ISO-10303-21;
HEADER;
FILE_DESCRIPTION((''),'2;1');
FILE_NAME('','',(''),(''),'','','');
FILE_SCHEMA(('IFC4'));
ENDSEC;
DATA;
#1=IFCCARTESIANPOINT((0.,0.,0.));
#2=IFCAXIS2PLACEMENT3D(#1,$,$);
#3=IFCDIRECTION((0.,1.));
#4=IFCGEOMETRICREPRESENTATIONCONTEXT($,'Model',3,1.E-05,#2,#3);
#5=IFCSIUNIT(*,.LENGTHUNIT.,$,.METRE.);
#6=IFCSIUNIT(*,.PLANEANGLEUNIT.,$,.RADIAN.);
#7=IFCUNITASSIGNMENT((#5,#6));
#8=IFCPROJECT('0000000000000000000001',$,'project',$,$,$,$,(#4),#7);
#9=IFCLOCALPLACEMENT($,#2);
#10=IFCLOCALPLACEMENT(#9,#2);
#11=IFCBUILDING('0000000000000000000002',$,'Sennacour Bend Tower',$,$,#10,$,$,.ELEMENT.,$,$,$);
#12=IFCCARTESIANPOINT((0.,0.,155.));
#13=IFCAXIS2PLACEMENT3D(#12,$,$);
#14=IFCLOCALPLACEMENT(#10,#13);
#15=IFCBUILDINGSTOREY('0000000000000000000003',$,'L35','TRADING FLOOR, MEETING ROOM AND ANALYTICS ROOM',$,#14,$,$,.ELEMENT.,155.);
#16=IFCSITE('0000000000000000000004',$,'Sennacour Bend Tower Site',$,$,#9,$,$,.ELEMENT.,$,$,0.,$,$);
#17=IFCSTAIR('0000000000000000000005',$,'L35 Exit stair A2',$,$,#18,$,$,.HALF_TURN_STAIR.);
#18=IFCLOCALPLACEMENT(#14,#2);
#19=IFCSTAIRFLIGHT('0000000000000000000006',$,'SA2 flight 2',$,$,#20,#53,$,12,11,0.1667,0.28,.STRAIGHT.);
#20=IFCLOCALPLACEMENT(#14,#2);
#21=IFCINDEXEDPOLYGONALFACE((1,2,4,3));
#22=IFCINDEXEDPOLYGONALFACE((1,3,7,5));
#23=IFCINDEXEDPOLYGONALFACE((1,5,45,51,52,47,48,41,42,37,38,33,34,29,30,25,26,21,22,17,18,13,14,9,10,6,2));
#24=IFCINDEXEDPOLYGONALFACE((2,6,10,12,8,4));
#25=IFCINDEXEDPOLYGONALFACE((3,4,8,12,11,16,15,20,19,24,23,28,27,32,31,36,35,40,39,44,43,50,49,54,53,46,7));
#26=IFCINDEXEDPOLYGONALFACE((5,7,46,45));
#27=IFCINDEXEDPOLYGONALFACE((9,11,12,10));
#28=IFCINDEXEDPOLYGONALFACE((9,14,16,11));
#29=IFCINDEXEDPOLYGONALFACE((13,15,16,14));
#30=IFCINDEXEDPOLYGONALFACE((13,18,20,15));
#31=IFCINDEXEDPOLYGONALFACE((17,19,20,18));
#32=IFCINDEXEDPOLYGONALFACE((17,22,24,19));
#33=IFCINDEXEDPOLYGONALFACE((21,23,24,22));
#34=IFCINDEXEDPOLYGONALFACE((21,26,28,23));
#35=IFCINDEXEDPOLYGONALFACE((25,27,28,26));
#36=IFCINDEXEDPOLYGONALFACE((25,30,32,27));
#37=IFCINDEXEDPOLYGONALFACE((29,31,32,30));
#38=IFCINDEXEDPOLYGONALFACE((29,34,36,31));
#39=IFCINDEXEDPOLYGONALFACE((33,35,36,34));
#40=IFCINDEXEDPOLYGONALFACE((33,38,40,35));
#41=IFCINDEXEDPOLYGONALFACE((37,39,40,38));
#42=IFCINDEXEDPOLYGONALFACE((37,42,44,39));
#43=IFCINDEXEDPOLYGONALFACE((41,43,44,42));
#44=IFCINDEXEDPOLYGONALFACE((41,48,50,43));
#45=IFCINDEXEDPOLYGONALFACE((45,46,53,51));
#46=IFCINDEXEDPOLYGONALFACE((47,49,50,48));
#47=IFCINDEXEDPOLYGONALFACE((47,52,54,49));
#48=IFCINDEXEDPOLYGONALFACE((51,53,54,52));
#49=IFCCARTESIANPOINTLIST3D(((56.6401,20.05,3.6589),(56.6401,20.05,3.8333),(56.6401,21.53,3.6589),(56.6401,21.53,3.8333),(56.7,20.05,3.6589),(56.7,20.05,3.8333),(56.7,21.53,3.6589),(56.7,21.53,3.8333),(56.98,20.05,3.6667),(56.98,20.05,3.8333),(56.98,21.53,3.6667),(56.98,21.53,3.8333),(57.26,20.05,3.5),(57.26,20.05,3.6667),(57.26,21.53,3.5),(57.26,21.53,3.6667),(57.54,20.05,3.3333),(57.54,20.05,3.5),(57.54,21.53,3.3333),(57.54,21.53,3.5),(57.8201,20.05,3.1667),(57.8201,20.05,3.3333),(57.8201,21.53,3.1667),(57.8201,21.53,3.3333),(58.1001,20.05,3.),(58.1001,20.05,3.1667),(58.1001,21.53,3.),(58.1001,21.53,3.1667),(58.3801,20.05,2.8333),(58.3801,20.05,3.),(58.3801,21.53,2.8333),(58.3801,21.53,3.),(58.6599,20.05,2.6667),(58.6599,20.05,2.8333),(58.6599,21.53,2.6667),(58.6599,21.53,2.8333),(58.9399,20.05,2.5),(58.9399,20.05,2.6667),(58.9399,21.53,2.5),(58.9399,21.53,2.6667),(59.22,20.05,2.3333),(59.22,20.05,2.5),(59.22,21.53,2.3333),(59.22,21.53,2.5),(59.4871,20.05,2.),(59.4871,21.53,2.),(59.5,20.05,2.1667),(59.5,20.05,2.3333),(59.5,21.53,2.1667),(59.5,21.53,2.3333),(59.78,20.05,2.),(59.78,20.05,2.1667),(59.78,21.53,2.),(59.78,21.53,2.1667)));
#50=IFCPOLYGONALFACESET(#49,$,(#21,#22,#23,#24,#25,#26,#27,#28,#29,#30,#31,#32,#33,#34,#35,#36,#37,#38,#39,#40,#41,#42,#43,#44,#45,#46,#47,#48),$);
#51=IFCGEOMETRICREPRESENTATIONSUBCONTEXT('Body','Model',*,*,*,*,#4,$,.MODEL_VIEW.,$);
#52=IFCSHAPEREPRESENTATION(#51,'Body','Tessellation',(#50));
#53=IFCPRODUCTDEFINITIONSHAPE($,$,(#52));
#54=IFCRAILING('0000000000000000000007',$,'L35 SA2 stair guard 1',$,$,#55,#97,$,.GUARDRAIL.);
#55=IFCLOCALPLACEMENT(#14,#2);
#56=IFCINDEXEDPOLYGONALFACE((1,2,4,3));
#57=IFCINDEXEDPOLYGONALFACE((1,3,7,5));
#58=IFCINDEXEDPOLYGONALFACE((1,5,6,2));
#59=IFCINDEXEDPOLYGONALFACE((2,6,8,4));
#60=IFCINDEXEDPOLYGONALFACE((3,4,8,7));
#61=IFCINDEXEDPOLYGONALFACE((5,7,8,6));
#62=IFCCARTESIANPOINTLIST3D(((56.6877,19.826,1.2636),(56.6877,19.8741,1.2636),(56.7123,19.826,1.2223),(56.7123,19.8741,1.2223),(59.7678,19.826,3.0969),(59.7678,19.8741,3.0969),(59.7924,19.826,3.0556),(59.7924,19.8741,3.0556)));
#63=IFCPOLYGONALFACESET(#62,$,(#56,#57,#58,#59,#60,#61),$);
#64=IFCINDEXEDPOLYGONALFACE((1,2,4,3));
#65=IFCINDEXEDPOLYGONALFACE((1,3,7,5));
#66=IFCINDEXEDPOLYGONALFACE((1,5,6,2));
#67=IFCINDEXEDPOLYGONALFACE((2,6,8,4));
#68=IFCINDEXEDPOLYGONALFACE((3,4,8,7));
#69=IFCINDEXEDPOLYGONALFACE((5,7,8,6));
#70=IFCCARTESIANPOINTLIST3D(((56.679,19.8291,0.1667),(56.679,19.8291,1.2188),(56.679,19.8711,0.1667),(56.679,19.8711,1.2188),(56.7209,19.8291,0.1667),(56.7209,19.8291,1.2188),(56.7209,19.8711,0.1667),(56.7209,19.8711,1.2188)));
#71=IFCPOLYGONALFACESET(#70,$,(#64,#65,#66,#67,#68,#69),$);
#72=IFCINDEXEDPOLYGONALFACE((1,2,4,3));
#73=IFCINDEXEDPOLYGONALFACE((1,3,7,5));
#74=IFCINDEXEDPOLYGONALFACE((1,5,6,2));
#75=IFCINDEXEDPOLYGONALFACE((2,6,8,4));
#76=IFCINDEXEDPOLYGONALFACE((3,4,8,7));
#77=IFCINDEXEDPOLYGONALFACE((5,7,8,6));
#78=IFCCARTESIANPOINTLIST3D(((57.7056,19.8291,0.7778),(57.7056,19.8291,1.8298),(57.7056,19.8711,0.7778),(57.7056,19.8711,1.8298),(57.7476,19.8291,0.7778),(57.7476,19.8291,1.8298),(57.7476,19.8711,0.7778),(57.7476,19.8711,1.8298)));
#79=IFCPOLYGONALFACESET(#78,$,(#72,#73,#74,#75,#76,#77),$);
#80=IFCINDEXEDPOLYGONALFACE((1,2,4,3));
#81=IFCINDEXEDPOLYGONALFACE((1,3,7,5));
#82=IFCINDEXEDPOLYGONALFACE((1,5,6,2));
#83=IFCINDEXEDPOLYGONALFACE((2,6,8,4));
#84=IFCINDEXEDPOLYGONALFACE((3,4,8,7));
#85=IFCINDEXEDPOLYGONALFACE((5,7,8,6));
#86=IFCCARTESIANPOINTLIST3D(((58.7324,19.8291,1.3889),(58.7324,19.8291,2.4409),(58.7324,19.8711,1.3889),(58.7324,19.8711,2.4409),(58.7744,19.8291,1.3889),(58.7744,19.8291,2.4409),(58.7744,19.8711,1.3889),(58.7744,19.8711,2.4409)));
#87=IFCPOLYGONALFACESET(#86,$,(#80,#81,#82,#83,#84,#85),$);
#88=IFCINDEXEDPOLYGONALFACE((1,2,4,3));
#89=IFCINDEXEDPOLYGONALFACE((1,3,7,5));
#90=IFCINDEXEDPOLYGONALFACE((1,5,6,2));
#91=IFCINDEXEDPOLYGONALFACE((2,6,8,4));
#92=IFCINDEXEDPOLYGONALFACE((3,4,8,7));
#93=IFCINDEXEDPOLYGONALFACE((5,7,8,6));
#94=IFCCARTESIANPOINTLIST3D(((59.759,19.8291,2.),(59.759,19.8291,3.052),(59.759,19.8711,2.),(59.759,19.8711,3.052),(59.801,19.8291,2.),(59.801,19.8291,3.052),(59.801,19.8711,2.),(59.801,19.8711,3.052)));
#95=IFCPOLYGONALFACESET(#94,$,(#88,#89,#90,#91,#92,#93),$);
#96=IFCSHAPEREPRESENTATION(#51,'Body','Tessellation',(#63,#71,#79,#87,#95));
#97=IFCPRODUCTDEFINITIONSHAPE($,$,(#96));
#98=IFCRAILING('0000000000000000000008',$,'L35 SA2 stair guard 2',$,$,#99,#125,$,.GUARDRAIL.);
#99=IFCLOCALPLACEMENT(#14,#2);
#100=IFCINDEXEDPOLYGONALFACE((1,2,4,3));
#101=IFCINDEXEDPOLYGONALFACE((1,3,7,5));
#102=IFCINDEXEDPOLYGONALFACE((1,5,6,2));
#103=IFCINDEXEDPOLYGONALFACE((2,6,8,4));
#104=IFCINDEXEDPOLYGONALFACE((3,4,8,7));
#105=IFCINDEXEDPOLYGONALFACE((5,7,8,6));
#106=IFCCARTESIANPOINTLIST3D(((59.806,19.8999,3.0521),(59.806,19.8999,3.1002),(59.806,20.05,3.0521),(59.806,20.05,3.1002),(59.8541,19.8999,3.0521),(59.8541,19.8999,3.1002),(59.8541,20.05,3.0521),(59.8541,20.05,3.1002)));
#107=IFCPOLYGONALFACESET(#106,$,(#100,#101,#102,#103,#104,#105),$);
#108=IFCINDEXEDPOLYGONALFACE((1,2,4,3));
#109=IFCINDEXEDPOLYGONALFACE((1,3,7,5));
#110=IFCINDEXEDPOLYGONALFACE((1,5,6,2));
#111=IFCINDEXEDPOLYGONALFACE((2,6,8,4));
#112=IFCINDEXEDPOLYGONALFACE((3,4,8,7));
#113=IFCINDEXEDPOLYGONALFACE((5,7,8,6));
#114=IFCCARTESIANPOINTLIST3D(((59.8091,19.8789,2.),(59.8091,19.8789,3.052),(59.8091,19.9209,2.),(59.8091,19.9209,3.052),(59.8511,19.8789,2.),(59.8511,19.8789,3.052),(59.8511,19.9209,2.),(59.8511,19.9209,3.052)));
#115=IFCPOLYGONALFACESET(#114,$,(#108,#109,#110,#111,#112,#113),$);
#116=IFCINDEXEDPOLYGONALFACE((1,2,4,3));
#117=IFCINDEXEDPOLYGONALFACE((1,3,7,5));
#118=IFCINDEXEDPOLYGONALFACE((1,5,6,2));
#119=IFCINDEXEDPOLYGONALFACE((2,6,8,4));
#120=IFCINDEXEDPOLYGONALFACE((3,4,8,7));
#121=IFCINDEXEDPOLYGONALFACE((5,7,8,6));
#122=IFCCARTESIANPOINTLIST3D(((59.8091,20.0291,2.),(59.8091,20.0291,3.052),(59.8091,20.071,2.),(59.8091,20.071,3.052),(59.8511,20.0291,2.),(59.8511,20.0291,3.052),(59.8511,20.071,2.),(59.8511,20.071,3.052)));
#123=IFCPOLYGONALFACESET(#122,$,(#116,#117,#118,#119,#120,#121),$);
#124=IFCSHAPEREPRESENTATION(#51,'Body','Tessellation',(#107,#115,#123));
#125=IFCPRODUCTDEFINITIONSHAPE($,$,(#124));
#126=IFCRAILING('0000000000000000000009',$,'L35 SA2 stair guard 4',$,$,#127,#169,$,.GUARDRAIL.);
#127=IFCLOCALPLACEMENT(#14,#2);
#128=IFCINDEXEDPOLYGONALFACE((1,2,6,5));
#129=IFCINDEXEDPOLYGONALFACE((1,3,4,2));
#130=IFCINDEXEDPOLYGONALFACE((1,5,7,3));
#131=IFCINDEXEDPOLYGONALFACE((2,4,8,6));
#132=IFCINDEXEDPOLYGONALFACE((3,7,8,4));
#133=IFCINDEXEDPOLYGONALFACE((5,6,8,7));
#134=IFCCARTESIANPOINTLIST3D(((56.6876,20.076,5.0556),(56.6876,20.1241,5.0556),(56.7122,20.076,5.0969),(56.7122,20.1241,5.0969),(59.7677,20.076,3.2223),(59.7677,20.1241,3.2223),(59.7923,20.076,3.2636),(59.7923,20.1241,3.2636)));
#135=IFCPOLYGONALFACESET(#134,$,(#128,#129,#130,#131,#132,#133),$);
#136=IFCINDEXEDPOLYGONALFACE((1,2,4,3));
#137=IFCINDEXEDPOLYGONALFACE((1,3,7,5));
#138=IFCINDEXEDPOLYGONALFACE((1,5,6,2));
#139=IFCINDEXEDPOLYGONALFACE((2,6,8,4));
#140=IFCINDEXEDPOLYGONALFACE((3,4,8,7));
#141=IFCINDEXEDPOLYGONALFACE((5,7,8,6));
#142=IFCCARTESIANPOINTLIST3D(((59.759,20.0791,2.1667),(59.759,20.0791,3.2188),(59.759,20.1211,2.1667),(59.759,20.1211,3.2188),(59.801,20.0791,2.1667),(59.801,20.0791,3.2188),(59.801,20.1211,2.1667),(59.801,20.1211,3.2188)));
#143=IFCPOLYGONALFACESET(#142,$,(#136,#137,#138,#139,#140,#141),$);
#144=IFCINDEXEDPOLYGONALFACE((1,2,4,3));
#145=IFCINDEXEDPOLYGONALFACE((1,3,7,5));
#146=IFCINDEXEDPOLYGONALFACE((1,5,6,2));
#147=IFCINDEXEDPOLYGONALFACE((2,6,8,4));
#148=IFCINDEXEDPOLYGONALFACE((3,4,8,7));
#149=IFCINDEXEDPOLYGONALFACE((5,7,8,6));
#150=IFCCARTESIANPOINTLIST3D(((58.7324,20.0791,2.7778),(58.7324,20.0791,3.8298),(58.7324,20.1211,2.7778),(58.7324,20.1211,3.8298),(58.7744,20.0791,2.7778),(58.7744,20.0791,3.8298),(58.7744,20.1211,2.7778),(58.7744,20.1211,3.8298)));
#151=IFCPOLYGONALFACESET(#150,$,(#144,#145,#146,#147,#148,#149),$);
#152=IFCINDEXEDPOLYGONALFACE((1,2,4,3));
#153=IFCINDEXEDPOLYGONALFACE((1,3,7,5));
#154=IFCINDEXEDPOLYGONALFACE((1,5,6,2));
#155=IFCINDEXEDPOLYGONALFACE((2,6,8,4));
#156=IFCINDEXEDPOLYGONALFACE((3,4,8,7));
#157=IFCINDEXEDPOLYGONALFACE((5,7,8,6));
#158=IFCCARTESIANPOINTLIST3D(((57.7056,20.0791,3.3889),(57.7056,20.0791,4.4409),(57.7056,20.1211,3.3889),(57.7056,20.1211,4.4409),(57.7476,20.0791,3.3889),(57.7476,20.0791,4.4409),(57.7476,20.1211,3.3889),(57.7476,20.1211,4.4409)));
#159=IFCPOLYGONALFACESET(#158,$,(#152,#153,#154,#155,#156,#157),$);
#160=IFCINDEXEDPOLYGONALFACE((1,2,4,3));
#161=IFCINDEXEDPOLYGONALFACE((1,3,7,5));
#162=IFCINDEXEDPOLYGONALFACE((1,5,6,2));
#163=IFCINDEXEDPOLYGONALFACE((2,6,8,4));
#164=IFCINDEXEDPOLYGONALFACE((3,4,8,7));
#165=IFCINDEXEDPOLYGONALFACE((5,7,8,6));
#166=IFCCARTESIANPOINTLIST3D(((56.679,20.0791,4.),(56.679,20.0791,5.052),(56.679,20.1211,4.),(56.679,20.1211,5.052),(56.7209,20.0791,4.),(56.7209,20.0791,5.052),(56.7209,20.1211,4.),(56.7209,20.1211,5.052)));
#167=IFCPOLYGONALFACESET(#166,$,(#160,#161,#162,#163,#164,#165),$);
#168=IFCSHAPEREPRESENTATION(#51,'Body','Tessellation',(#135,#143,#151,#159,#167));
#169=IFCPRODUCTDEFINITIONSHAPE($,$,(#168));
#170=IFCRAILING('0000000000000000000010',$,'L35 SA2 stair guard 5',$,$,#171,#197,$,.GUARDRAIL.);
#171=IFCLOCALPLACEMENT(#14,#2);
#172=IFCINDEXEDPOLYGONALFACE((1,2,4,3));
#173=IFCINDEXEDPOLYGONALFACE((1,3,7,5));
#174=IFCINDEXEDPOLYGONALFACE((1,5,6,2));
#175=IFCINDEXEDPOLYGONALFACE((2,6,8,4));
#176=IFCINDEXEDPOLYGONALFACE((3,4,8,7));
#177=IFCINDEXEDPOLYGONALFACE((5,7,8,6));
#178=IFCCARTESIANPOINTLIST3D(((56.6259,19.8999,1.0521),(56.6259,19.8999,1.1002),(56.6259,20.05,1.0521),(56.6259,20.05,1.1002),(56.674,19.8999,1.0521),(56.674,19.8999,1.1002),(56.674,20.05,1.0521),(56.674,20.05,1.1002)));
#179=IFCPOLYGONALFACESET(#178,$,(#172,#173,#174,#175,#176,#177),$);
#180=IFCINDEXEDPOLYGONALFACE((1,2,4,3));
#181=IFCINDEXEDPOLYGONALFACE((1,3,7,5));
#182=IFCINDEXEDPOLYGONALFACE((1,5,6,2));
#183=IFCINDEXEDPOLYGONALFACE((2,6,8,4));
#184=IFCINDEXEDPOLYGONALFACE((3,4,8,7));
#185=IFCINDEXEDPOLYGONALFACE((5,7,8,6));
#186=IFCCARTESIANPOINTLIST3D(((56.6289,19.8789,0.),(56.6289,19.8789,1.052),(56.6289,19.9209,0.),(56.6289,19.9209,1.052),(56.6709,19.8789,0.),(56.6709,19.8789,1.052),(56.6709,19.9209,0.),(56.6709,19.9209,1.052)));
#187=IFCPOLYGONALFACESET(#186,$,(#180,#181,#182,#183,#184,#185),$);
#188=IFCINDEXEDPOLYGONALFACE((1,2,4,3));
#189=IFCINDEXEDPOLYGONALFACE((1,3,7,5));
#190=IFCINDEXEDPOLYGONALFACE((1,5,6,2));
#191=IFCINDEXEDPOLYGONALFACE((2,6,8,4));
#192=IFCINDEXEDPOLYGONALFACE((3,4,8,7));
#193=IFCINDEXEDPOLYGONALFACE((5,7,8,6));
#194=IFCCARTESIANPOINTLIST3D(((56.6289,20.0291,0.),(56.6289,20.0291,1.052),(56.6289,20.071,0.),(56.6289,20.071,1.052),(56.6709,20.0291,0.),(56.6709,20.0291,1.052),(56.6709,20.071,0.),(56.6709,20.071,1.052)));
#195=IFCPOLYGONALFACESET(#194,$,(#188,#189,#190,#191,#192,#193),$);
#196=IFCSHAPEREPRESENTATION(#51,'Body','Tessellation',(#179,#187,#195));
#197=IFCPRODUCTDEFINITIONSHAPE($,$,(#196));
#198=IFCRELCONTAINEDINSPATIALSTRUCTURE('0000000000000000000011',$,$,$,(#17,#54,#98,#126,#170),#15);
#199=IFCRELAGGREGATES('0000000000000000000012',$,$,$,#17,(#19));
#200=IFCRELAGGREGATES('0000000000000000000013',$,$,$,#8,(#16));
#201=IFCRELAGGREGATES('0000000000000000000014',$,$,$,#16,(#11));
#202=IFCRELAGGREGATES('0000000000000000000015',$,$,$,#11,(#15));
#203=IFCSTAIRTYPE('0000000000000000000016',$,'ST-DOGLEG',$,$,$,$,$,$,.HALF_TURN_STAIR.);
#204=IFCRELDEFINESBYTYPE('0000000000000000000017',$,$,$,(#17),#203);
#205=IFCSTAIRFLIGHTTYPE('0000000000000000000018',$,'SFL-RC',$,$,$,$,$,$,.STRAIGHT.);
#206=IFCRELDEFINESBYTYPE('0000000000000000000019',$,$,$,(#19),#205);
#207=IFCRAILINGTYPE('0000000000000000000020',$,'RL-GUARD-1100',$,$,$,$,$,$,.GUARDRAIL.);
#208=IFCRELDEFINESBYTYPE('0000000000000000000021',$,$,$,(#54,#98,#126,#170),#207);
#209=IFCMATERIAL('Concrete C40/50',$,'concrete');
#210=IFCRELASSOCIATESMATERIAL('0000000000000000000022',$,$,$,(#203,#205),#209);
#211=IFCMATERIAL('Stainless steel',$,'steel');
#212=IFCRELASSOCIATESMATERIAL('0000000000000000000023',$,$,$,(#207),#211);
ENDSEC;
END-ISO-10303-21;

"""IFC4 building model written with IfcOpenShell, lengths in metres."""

from ifc_helpers import new_model, si_unit, direction, frame, origin, origin_2d, place, context, subcontext, project, spatial, polyline, rectangle, outline, extrude, material, type_object, element, aggregate, save


model = new_model("IFC4")

# Units and contexts
model_context = context("Model", 3, precision=1e-05, world=origin(), true_north=direction((0.0, 1.0)))
body_context = subcontext(model_context, "Body", "Model", "MODEL_VIEW")
ifc_project = project(units=[si_unit("LENGTHUNIT", "METRE"), si_unit("PLANEANGLEUNIT", "RADIAN")], contexts=[model_context])

# Site, building, storey
site_placement = place(None, origin())
site = spatial("IfcSite", under=ifc_project, at=site_placement, Name="Sennacour Bend Tower Site", CompositionType="ELEMENT", RefElevation=0.0)
building_placement = place(site_placement, origin())
building = spatial("IfcBuilding", under=site, at=building_placement, Name="Sennacour Bend Tower", CompositionType="ELEMENT")
storey_placement = place(building_placement, frame((0.0, 0.0, 155.0)))
storey = spatial("IfcBuildingStorey", under=building, at=storey_placement, Name="L35", Description="TRADING FLOOR, MEETING ROOM AND ANALYTICS ROOM", CompositionType="ELEMENT", Elevation=155.0)

# Shared definitions
ifc_material_1 = material(Name="Stainless steel", Category="steel")

# Stair, stair flight
ifc_material_2 = material(Name="Concrete C40/50", Category="concrete")
stair_type = type_object("IfcStairType", Name="ST-DOGLEG", PredefinedType="HALF_TURN_STAIR", material=ifc_material_2)
stair_placement = place(storey_placement, origin())
stair = element("IfcStair", 1, at=stair_placement, inside=storey, type_object=stair_type, Name="L35 Exit stair A2", PredefinedType="HALF_TURN_STAIR")
stair_flight_type = type_object("IfcStairFlightType", Name="SFL-RC", PredefinedType="STRAIGHT", material=ifc_material_2)
stair_flight_1_placement = place(storey_placement, frame((59.78, 20.79, 2.0), z_axis=(0.0, 0.0, 1.0), x_axis=(-1.0, 0.0, 0.0)))
stair_flight_1 = element("IfcStairFlight", 2, at=stair_flight_1_placement, type_object=stair_flight_type, Name="SA2 flight 2", NumberOfRisers=12, NumberOfTreads=11, PredefinedType="STRAIGHT", RiserHeight=0.1667, TreadLength=0.28, context=body_context, shape_type="SweptSolid", body=[
    extrude(outline(polyline([(0.0, 0.0), (0.0, 0.1667), (0.28, 0.1667), (0.28, 0.3333), (0.5601, 0.3333), (0.5601, 0.5), (0.8401, 0.5), (0.8401, 0.6667), (1.1201, 0.6667), (1.1201, 0.8333), (1.3999, 0.8333), (1.3999, 1.0), (1.6799, 1.0), (1.6799, 1.1667), (1.96, 1.1667), (1.96, 1.3333), (2.24, 1.3333), (2.24, 1.5), (2.52, 1.5), (2.52, 1.6667), (2.8, 1.6667), (2.8, 1.8333), (3.0801, 1.8333), (3.1399, 1.8333), (3.1399, 1.6589), (3.0801, 1.6589), (0.293, 0.0), (0.0, 0.0)])), frame((0.0, 0.74, 0.0), z_axis=(0.0, -1.0, 0.0), x_axis=(1.0, 0.0, 0.0)), (0.0, 0.0, 1.0), 1.48),
])
aggregate(stair, [stair_flight_1])

# Railings
railing_type_1 = type_object("IfcRailingType", Name="RL-GUARD-1100", PredefinedType="GUARDRAIL", material=ifc_material_1)
railing_1_placement = place(storey_placement, frame((56.7, 19.8501, 0.1667)))
element("IfcRailing", 3, at=railing_1_placement, inside=storey, type_object=railing_type_1, Name="L35 SA2 stair guard 1", PredefinedType="GUARDRAIL", context=body_context, shape_type="SweptSolid", body=[
    extrude(rectangle(XDim=0.0481, YDim=0.0481, at=origin_2d()), frame((0.0, 0.0, 1.0762), z_axis=(0.859309, 0.0, 0.511458), x_axis=(0.0, 1.0, 0.0)), (0.0, 0.0, 1.0), 3.5845),
    extrude(rectangle(XDim=0.042, YDim=0.042, at=origin_2d()), origin(), (0.0, 0.0, 1.0), 1.052),
    extrude(rectangle(XDim=0.042, YDim=0.042, at=origin_2d()), frame((1.0266, 0.0, 0.6111)), (0.0, 0.0, 1.0), 1.052),
    extrude(rectangle(XDim=0.042, YDim=0.042, at=origin_2d()), frame((2.0535, 0.0, 1.2222)), (0.0, 0.0, 1.0), 1.052),
    extrude(rectangle(XDim=0.042, YDim=0.042, at=origin_2d()), frame((3.0801, 0.0, 1.8333)), (0.0, 0.0, 1.0), 1.052),
])
railing_2_placement = place(storey_placement, frame((59.8301, 19.8999, 2.0)))
element("IfcRailing", 4, at=railing_2_placement, inside=storey, type_object=railing_type_1, Name="L35 SA2 stair guard 2", PredefinedType="GUARDRAIL", context=body_context, shape_type="SweptSolid", body=[
    extrude(rectangle(XDim=0.0481, YDim=0.0481, at=origin_2d()), frame((0.0, 0.0, 1.0762), z_axis=(0.0, 1.0, 0.0), x_axis=(-1.0, 0.0, 0.0)), (0.0, 0.0, 1.0), 0.1501),
    extrude(rectangle(XDim=0.042, YDim=0.042, at=origin_2d()), origin(), (0.0, 0.0, 1.0), 1.052),
    extrude(rectangle(XDim=0.042, YDim=0.042, at=origin_2d()), frame((0.0, 0.1501, 0.0)), (0.0, 0.0, 1.0), 1.052),
])
railing_3_placement = place(storey_placement, frame((59.78, 20.1001, 2.1667)))
element("IfcRailing", 5, at=railing_3_placement, inside=storey, type_object=railing_type_1, Name="L35 SA2 stair guard 4", PredefinedType="GUARDRAIL", context=body_context, shape_type="SweptSolid", body=[
    extrude(rectangle(XDim=0.0481, YDim=0.0481, at=origin_2d()), frame((0.0, 0.0, 1.0762), z_axis=(-0.859309, 0.0, 0.511458), x_axis=(0.0, -1.0, 0.0)), (0.0, 0.0, 1.0), 3.5845),
    extrude(rectangle(XDim=0.042, YDim=0.042, at=origin_2d()), origin(), (0.0, 0.0, 1.0), 1.052),
    extrude(rectangle(XDim=0.042, YDim=0.042, at=origin_2d()), frame((-1.0266, 0.0, 0.6111)), (0.0, 0.0, 1.0), 1.052),
    extrude(rectangle(XDim=0.042, YDim=0.042, at=origin_2d()), frame((-2.0535, 0.0, 1.2222)), (0.0, 0.0, 1.0), 1.052),
    extrude(rectangle(XDim=0.042, YDim=0.042, at=origin_2d()), frame((-3.0801, 0.0, 1.8333)), (0.0, 0.0, 1.0), 1.052),
])
railing_4_placement = place(storey_placement, frame((56.6499, 19.8999, 0.0)))
element("IfcRailing", 6, at=railing_4_placement, inside=storey, type_object=railing_type_1, Name="L35 SA2 stair guard 5", PredefinedType="GUARDRAIL", context=body_context, shape_type="SweptSolid", body=[
    extrude(rectangle(XDim=0.0481, YDim=0.0481, at=origin_2d()), frame((0.0, 0.0, 1.0762), z_axis=(0.0, 1.0, 0.0), x_axis=(-1.0, 0.0, 0.0)), (0.0, 0.0, 1.0), 0.1501),
    extrude(rectangle(XDim=0.042, YDim=0.042, at=origin_2d()), origin(), (0.0, 0.0, 1.0), 1.052),
    extrude(rectangle(XDim=0.042, YDim=0.042, at=origin_2d()), frame((0.0, 0.1501, 0.0)), (0.0, 0.0, 1.0), 1.052),
])

save(model, "model.ifc")
